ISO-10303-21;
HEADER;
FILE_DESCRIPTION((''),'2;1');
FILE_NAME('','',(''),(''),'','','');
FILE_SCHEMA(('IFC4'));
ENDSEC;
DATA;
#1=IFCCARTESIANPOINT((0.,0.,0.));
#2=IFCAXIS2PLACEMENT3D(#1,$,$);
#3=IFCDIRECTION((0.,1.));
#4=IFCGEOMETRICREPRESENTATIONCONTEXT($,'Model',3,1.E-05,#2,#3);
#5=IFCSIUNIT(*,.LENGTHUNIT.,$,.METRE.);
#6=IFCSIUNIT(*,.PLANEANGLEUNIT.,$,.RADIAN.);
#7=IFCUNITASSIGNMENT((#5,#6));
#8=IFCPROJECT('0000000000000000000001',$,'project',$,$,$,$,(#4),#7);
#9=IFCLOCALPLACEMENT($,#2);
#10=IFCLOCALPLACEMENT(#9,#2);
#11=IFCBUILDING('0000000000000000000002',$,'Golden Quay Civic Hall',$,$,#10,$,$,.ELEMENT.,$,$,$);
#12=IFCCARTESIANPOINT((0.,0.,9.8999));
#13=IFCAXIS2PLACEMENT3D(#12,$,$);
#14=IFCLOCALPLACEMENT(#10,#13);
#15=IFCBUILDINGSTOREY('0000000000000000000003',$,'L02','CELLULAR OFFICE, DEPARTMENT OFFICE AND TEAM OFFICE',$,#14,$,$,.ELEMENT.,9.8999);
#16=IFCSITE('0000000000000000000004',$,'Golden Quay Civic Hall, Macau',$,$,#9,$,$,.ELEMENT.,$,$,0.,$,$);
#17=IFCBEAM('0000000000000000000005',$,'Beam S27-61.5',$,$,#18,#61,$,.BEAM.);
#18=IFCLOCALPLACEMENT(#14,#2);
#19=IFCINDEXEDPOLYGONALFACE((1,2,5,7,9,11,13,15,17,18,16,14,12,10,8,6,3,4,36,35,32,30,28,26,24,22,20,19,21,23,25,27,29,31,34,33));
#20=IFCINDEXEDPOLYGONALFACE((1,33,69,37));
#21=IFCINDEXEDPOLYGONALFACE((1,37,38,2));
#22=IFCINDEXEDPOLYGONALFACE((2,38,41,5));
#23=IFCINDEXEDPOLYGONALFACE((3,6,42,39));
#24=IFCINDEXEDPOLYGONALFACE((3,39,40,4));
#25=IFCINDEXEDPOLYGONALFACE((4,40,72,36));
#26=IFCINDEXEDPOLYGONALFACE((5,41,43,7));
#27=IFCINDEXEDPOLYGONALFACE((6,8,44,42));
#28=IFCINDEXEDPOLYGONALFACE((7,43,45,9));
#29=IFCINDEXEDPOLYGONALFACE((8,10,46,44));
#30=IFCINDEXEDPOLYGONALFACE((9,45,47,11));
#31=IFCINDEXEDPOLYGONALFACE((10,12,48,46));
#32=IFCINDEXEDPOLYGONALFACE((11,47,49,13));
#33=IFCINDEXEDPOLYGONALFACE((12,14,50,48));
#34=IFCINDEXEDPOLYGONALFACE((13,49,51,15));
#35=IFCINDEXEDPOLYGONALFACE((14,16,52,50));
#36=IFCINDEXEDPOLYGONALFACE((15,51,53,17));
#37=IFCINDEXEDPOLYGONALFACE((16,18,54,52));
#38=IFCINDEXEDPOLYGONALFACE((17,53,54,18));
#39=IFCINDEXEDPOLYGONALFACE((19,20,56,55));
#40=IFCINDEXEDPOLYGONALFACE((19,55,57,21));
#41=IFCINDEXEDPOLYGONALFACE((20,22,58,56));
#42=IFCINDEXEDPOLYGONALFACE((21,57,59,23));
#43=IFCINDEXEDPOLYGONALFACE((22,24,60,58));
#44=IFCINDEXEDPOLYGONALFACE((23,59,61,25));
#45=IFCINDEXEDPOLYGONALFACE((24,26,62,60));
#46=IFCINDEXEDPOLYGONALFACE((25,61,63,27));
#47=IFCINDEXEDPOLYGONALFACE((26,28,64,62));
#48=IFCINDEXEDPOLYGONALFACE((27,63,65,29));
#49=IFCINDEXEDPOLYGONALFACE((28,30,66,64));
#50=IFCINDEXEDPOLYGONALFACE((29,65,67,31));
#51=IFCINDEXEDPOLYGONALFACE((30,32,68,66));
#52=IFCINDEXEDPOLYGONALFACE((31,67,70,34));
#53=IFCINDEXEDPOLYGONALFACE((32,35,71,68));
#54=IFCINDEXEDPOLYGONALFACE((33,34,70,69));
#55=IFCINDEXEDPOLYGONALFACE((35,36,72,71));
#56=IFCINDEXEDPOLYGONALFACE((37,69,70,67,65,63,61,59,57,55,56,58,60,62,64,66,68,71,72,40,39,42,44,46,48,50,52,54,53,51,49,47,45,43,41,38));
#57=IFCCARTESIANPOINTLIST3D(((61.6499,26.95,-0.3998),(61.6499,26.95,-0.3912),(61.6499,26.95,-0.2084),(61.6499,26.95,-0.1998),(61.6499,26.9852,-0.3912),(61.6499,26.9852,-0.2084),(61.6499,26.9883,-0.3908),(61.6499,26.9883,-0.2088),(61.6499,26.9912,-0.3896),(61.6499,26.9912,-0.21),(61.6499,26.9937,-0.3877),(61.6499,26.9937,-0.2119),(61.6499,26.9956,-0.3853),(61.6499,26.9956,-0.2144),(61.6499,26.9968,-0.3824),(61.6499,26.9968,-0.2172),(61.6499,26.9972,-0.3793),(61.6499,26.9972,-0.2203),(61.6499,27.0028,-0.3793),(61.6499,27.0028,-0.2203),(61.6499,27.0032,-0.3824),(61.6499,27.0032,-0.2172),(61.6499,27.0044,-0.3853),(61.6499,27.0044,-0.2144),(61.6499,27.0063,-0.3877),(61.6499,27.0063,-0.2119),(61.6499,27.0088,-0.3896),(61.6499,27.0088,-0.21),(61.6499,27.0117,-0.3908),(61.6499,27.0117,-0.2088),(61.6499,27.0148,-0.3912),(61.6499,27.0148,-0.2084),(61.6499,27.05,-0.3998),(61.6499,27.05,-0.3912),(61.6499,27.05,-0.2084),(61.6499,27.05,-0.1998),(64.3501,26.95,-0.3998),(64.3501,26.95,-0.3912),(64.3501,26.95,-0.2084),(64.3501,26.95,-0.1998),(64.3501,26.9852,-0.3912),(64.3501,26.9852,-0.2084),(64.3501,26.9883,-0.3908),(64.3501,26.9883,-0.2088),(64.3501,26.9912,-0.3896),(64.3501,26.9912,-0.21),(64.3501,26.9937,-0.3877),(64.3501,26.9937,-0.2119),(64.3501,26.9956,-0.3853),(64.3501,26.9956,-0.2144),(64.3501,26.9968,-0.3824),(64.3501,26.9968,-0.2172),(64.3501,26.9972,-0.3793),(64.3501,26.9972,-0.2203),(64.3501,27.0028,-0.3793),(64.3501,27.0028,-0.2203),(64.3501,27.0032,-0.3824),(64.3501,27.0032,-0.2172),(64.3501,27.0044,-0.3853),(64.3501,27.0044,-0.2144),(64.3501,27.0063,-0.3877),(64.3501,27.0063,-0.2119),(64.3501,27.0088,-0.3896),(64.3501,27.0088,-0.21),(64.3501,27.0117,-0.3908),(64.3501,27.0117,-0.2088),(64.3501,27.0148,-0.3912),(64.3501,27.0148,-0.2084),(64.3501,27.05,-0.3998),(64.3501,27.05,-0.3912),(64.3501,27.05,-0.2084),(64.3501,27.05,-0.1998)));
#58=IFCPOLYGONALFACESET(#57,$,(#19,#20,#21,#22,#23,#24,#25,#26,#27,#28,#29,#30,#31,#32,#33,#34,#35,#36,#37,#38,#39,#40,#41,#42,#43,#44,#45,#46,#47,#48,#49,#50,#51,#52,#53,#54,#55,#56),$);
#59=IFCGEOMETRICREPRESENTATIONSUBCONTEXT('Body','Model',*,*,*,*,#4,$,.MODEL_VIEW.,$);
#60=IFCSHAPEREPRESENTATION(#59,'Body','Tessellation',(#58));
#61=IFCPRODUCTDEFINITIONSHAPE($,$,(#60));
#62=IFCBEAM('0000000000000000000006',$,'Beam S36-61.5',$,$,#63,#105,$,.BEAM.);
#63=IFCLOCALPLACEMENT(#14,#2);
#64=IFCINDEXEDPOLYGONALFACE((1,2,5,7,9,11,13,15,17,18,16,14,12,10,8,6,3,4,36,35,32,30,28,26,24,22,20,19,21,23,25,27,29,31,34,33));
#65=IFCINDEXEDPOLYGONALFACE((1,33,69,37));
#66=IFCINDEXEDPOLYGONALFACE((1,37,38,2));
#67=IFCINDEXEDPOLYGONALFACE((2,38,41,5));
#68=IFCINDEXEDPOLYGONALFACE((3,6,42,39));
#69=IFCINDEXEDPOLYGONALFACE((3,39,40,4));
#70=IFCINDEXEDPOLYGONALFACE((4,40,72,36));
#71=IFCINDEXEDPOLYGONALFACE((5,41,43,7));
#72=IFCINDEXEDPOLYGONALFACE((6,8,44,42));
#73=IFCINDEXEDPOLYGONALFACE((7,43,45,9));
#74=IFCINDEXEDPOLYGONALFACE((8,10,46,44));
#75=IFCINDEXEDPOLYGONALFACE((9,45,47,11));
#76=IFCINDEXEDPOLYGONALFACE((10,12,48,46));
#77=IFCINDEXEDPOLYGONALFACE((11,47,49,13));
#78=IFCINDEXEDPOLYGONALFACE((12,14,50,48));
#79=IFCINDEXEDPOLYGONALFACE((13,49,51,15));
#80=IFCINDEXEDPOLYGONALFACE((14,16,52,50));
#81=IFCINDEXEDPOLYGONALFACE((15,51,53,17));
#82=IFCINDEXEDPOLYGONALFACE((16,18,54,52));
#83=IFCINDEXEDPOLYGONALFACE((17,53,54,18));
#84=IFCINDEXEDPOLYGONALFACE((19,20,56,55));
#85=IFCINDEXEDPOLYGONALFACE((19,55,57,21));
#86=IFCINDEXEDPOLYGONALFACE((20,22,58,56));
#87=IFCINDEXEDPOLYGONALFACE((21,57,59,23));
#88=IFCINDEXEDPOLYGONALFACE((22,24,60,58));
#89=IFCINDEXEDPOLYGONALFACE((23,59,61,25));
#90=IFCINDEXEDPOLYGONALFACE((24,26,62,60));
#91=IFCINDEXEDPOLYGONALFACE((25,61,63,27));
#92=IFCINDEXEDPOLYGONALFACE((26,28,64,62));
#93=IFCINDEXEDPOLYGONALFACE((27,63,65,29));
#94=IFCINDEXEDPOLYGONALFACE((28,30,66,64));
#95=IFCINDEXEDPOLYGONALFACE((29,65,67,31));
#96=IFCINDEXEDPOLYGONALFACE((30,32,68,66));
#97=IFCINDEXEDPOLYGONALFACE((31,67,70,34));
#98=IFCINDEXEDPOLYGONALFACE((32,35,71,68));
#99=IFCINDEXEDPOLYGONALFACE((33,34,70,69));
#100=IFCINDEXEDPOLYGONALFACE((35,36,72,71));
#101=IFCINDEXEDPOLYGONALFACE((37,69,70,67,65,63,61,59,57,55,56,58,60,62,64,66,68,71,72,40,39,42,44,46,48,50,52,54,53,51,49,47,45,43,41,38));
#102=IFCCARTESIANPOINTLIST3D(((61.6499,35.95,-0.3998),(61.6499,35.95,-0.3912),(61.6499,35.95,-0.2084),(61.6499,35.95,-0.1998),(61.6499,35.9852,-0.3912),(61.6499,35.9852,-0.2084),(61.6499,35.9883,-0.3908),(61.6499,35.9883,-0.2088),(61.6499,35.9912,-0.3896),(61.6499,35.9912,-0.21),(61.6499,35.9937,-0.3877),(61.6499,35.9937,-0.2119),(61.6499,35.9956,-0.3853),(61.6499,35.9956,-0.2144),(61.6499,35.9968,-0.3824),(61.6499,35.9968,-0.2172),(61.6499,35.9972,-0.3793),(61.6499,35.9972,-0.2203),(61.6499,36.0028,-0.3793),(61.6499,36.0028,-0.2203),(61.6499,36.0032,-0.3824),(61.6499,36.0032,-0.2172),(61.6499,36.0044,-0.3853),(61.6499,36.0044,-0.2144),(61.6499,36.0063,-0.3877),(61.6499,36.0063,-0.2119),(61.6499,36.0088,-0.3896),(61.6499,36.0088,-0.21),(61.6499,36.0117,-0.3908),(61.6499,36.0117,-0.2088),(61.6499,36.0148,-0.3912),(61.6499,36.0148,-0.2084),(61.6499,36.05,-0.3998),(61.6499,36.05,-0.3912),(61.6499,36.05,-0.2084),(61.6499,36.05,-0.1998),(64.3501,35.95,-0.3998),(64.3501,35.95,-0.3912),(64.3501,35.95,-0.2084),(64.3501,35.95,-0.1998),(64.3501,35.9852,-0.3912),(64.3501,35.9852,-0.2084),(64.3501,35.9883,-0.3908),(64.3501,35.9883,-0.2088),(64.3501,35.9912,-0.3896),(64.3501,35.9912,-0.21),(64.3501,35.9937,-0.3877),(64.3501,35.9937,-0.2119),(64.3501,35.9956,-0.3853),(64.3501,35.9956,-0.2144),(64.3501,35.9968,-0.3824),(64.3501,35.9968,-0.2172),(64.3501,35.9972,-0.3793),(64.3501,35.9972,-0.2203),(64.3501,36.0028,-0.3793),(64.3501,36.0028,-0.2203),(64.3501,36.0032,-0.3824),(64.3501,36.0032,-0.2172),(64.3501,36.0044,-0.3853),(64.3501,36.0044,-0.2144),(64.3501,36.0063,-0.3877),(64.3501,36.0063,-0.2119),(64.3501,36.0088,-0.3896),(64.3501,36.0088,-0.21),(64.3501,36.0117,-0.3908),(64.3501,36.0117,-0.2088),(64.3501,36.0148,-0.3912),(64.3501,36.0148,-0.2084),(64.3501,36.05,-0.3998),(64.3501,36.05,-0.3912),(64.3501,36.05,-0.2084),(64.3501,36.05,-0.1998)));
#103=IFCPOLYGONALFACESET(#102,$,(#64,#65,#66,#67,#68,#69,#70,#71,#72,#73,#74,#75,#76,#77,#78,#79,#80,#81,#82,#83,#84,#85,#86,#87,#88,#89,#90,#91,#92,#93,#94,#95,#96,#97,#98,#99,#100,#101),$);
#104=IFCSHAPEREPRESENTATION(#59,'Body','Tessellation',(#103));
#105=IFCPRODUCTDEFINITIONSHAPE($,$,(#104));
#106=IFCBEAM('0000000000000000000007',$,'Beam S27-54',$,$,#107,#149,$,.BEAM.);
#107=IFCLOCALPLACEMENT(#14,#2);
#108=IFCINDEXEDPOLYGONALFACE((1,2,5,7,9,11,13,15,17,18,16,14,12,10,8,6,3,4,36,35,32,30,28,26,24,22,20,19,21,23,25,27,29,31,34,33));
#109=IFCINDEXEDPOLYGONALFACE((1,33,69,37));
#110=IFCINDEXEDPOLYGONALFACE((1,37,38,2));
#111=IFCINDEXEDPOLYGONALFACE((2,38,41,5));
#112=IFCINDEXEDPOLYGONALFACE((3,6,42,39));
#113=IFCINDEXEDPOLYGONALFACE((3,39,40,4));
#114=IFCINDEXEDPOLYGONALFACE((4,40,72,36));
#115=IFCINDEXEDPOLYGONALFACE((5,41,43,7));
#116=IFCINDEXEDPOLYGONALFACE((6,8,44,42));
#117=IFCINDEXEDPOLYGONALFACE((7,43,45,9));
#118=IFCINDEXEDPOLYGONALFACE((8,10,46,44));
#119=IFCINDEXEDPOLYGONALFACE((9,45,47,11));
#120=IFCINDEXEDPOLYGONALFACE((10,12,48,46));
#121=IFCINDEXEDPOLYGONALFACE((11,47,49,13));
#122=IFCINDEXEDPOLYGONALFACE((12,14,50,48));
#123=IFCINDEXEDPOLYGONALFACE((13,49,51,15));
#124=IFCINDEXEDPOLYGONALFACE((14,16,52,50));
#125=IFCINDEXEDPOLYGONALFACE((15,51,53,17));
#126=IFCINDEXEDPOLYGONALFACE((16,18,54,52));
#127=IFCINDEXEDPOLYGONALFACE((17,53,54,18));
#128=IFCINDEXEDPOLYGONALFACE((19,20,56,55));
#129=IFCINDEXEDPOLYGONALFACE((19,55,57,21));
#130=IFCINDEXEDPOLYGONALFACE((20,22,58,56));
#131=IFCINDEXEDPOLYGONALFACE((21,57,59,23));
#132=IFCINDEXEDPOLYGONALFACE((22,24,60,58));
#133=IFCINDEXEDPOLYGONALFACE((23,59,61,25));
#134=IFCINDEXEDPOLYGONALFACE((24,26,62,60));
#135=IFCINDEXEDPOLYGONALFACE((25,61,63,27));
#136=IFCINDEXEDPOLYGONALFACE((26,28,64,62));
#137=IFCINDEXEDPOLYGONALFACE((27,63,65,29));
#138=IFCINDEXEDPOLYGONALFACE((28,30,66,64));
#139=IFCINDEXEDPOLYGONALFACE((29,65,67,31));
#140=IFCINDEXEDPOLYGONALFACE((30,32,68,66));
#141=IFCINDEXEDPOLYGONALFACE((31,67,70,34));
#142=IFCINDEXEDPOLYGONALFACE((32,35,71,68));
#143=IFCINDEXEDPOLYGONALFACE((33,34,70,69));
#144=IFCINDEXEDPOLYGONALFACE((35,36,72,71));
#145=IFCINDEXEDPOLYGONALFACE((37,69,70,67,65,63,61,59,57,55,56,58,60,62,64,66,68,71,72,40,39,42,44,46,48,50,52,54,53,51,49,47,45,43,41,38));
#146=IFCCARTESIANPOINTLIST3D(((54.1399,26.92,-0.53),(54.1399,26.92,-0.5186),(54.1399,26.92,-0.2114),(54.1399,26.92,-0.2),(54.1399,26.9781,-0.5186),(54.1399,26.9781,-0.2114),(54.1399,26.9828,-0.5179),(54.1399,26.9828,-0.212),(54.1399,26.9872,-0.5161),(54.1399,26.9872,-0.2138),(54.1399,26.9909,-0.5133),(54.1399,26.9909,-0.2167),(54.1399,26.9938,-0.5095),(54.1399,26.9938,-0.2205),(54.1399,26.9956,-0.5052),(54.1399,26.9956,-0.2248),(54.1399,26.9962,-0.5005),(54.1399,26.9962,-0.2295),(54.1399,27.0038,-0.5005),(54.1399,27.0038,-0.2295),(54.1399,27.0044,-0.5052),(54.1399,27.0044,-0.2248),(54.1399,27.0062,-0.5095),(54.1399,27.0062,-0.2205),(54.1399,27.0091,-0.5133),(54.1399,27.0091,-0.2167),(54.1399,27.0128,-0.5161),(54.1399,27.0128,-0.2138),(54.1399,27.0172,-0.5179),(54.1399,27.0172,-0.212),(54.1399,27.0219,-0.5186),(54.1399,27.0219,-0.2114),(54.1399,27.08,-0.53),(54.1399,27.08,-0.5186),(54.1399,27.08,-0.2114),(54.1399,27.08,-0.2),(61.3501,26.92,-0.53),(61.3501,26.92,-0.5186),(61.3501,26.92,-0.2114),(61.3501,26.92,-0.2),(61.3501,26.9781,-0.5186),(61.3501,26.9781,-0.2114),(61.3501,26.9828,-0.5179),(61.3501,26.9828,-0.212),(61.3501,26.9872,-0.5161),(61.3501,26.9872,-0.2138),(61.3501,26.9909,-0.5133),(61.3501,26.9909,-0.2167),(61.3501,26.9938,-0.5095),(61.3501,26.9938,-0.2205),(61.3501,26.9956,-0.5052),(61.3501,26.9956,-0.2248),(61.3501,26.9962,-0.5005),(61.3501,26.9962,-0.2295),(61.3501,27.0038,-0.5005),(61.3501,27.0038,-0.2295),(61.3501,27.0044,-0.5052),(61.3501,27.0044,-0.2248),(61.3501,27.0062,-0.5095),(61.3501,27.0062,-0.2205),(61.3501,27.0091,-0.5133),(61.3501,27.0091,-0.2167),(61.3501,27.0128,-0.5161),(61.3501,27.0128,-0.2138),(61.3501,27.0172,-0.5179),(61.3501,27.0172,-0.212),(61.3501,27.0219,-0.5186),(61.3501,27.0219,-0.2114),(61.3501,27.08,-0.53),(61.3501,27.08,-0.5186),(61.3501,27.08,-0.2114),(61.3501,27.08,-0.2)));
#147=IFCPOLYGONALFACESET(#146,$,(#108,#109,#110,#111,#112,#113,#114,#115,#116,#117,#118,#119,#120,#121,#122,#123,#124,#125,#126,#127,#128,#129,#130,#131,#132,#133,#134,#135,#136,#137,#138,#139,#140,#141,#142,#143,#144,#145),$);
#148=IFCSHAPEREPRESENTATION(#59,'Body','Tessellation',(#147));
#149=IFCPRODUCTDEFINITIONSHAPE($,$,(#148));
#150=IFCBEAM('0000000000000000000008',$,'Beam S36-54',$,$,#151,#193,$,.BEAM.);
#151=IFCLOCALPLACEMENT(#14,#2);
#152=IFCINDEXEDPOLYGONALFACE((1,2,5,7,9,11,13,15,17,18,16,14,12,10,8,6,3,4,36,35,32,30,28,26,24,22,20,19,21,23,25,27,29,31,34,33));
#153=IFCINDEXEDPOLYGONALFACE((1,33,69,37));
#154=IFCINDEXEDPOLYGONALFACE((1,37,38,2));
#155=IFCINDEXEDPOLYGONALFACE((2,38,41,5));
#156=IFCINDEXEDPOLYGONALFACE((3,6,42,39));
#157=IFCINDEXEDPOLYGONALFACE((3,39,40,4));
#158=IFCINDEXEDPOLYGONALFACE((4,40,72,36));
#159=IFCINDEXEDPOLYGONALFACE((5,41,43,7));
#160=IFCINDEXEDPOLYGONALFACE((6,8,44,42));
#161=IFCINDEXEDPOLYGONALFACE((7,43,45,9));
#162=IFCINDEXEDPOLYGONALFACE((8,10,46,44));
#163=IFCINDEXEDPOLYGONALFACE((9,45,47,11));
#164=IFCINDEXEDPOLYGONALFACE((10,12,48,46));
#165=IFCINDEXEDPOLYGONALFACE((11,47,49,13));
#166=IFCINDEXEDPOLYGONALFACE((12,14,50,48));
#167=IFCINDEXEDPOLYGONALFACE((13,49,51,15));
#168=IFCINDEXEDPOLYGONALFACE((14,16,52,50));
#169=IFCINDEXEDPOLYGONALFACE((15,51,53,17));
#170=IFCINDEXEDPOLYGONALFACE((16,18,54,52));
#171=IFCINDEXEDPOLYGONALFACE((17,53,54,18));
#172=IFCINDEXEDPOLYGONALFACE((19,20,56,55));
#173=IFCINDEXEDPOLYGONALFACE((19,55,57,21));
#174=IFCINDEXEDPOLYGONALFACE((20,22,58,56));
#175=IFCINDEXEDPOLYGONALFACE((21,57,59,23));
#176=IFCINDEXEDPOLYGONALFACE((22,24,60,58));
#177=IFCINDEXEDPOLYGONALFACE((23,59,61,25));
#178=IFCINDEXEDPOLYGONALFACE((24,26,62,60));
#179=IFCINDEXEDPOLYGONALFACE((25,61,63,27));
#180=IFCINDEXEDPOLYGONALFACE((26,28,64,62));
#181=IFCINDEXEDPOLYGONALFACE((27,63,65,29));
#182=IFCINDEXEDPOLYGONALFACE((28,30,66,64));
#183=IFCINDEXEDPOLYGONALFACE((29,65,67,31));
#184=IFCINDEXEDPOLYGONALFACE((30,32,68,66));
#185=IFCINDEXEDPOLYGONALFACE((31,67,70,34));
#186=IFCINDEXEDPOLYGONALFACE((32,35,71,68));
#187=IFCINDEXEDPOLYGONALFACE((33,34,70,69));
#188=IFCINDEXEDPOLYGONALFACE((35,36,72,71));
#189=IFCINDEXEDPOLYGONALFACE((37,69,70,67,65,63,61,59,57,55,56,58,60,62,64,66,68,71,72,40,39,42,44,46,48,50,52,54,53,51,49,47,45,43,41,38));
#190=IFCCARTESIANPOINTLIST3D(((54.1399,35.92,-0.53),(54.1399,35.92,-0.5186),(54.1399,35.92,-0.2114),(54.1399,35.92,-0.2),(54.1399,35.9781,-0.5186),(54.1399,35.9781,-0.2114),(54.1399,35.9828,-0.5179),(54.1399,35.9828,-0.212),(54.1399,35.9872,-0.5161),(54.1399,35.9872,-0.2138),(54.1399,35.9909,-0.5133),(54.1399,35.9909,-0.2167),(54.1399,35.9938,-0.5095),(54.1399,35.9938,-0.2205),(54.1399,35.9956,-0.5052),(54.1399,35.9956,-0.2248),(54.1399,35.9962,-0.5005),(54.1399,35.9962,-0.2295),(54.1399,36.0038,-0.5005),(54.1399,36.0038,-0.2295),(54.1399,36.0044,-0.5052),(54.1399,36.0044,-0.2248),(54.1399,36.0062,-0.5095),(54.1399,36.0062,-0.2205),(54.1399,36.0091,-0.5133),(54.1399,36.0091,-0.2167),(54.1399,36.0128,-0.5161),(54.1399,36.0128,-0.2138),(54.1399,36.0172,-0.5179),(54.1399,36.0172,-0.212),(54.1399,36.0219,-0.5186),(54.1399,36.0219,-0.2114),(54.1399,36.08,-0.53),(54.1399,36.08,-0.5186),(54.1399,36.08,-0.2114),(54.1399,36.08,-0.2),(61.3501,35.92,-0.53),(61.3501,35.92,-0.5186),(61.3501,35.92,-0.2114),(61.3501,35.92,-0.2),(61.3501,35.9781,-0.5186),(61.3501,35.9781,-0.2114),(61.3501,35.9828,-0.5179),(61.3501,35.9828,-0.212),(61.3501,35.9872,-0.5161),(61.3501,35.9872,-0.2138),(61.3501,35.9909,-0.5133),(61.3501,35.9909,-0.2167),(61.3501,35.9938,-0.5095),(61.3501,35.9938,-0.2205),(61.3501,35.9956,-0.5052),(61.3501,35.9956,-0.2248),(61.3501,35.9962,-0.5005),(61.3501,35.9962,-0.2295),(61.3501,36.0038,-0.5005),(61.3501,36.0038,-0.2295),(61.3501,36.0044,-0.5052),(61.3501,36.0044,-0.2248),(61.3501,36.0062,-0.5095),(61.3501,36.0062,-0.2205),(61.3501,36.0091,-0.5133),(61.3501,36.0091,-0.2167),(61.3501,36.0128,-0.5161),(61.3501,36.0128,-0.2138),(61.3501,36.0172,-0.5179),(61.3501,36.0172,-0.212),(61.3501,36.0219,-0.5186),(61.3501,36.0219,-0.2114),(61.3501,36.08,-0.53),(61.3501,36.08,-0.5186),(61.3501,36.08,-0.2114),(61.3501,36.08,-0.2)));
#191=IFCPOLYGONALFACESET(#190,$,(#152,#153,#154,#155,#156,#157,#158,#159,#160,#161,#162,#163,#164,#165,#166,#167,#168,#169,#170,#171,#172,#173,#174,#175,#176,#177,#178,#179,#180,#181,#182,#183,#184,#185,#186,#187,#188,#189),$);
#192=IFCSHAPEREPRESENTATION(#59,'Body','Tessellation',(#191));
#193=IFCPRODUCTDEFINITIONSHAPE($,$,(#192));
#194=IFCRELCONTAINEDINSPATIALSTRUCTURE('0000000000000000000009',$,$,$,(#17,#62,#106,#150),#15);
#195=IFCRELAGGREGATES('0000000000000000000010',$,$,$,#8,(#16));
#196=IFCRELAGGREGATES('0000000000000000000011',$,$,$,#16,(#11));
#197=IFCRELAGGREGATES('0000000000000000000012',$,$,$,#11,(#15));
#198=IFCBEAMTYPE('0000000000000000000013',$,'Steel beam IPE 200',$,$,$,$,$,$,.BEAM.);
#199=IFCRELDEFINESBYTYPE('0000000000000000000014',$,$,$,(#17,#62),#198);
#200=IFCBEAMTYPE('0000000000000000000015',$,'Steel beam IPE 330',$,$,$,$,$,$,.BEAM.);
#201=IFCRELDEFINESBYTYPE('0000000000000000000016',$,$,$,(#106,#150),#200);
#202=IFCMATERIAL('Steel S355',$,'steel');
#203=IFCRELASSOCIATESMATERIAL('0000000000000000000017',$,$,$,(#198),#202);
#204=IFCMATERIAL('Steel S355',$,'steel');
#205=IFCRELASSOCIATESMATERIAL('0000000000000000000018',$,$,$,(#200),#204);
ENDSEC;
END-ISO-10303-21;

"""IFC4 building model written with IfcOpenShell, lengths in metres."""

from ifc_helpers import new_model, si_unit, direction, frame, origin, origin_2d, place, context, subcontext, project, spatial, i_section, extrude, material, material_profile, profile_set, type_object, element, save


model = new_model("IFC4")

# Units and contexts
model_context = context("Model", 3, precision=1e-05, world=origin(), true_north=direction((0.0, 1.0)))
body_context = subcontext(model_context, "Body", "Model", "MODEL_VIEW")
ifc_project = project(units=[si_unit("LENGTHUNIT", "METRE"), si_unit("PLANEANGLEUNIT", "RADIAN")], contexts=[model_context])

# Site, building, storey
site_placement = place(None, origin())
site = spatial("IfcSite", under=ifc_project, at=site_placement, Name="Golden Quay Civic Hall, Macau", CompositionType="ELEMENT", RefElevation=0.0)
building_placement = place(site_placement, origin())
building = spatial("IfcBuilding", under=site, at=building_placement, Name="Golden Quay Civic Hall", CompositionType="ELEMENT")
storey_placement = place(building_placement, frame((0.0, 0.0, 9.8999)))
storey = spatial("IfcBuildingStorey", under=building, at=storey_placement, Name="L02", Description="CELLULAR OFFICE, DEPARTMENT OFFICE AND TEAM OFFICE", CompositionType="ELEMENT", Elevation=9.8999)

# Beams
ifc_material_1 = material(Name="Steel S355", Category="steel")
ifc_material_profile_1 = material_profile(ifc_material_1, i_section(OverallWidth=0.1001, OverallDepth=0.2, WebThickness=0.0056, FlangeThickness=0.0085, FilletRadius=0.012, at=origin_2d()), Name="IPE 200")
ifc_profile_set_1 = profile_set([ifc_material_profile_1], Name="Steel S355")
beam_type_1 = type_object("IfcBeamType", Name="Steel beam IPE 200", PredefinedType="BEAM", material=ifc_profile_set_1)
for number, where, z_axis, x_axis, name in (
    (1, (61.6499, 27.0, -0.2998), (1.0, 0.0, 0.0), (0.0, 1.0, 0.0), "Beam S27-61.5"),
    (2, (61.6499, 36.0, -0.2998), (1.0, 0.0, 0.0), (0.0, 1.0, 0.0), "Beam S36-61.5"),
):
    element("IfcBeam", number, at=place(storey_placement, frame(where, z_axis=z_axis, x_axis=x_axis)), inside=storey, type_object=beam_type_1, Name=name, PredefinedType="BEAM", context=body_context, shape_type="SweptSolid", body=[
        extrude(i_section(OverallWidth=0.1001, OverallDepth=0.2, WebThickness=0.0056, FlangeThickness=0.0085, FilletRadius=0.012, at=origin_2d()), origin(), (0.0, 0.0, 1.0), 2.7002),
    ])
ifc_material_2 = material(Name="Steel S355", Category="steel")
ifc_material_profile_2 = material_profile(ifc_material_2, i_section(OverallWidth=0.1599, OverallDepth=0.3301, WebThickness=0.0076, FlangeThickness=0.0115, FilletRadius=0.0181, at=origin_2d()), Name="IPE 330")
ifc_profile_set_2 = profile_set([ifc_material_profile_2], Name="Steel S355")
beam_type_2 = type_object("IfcBeamType", Name="Steel beam IPE 330", PredefinedType="BEAM", material=ifc_profile_set_2)
for number, where, z_axis, x_axis, name in (
    (3, (54.1399, 27.0, -0.365), (1.0, 0.0, 0.0), (0.0, 1.0, 0.0), "Beam S27-54"),
    (4, (54.1399, 36.0, -0.365), (1.0, 0.0, 0.0), (0.0, 1.0, 0.0), "Beam S36-54"),
):
    element("IfcBeam", number, at=place(storey_placement, frame(where, z_axis=z_axis, x_axis=x_axis)), inside=storey, type_object=beam_type_2, Name=name, PredefinedType="BEAM", context=body_context, shape_type="SweptSolid", body=[
        extrude(i_section(OverallWidth=0.1599, OverallDepth=0.3301, WebThickness=0.0076, FlangeThickness=0.0115, FilletRadius=0.0181, at=origin_2d()), origin(), (0.0, 0.0, 1.0), 7.2102),
    ])

save(model, "model.ifc")
